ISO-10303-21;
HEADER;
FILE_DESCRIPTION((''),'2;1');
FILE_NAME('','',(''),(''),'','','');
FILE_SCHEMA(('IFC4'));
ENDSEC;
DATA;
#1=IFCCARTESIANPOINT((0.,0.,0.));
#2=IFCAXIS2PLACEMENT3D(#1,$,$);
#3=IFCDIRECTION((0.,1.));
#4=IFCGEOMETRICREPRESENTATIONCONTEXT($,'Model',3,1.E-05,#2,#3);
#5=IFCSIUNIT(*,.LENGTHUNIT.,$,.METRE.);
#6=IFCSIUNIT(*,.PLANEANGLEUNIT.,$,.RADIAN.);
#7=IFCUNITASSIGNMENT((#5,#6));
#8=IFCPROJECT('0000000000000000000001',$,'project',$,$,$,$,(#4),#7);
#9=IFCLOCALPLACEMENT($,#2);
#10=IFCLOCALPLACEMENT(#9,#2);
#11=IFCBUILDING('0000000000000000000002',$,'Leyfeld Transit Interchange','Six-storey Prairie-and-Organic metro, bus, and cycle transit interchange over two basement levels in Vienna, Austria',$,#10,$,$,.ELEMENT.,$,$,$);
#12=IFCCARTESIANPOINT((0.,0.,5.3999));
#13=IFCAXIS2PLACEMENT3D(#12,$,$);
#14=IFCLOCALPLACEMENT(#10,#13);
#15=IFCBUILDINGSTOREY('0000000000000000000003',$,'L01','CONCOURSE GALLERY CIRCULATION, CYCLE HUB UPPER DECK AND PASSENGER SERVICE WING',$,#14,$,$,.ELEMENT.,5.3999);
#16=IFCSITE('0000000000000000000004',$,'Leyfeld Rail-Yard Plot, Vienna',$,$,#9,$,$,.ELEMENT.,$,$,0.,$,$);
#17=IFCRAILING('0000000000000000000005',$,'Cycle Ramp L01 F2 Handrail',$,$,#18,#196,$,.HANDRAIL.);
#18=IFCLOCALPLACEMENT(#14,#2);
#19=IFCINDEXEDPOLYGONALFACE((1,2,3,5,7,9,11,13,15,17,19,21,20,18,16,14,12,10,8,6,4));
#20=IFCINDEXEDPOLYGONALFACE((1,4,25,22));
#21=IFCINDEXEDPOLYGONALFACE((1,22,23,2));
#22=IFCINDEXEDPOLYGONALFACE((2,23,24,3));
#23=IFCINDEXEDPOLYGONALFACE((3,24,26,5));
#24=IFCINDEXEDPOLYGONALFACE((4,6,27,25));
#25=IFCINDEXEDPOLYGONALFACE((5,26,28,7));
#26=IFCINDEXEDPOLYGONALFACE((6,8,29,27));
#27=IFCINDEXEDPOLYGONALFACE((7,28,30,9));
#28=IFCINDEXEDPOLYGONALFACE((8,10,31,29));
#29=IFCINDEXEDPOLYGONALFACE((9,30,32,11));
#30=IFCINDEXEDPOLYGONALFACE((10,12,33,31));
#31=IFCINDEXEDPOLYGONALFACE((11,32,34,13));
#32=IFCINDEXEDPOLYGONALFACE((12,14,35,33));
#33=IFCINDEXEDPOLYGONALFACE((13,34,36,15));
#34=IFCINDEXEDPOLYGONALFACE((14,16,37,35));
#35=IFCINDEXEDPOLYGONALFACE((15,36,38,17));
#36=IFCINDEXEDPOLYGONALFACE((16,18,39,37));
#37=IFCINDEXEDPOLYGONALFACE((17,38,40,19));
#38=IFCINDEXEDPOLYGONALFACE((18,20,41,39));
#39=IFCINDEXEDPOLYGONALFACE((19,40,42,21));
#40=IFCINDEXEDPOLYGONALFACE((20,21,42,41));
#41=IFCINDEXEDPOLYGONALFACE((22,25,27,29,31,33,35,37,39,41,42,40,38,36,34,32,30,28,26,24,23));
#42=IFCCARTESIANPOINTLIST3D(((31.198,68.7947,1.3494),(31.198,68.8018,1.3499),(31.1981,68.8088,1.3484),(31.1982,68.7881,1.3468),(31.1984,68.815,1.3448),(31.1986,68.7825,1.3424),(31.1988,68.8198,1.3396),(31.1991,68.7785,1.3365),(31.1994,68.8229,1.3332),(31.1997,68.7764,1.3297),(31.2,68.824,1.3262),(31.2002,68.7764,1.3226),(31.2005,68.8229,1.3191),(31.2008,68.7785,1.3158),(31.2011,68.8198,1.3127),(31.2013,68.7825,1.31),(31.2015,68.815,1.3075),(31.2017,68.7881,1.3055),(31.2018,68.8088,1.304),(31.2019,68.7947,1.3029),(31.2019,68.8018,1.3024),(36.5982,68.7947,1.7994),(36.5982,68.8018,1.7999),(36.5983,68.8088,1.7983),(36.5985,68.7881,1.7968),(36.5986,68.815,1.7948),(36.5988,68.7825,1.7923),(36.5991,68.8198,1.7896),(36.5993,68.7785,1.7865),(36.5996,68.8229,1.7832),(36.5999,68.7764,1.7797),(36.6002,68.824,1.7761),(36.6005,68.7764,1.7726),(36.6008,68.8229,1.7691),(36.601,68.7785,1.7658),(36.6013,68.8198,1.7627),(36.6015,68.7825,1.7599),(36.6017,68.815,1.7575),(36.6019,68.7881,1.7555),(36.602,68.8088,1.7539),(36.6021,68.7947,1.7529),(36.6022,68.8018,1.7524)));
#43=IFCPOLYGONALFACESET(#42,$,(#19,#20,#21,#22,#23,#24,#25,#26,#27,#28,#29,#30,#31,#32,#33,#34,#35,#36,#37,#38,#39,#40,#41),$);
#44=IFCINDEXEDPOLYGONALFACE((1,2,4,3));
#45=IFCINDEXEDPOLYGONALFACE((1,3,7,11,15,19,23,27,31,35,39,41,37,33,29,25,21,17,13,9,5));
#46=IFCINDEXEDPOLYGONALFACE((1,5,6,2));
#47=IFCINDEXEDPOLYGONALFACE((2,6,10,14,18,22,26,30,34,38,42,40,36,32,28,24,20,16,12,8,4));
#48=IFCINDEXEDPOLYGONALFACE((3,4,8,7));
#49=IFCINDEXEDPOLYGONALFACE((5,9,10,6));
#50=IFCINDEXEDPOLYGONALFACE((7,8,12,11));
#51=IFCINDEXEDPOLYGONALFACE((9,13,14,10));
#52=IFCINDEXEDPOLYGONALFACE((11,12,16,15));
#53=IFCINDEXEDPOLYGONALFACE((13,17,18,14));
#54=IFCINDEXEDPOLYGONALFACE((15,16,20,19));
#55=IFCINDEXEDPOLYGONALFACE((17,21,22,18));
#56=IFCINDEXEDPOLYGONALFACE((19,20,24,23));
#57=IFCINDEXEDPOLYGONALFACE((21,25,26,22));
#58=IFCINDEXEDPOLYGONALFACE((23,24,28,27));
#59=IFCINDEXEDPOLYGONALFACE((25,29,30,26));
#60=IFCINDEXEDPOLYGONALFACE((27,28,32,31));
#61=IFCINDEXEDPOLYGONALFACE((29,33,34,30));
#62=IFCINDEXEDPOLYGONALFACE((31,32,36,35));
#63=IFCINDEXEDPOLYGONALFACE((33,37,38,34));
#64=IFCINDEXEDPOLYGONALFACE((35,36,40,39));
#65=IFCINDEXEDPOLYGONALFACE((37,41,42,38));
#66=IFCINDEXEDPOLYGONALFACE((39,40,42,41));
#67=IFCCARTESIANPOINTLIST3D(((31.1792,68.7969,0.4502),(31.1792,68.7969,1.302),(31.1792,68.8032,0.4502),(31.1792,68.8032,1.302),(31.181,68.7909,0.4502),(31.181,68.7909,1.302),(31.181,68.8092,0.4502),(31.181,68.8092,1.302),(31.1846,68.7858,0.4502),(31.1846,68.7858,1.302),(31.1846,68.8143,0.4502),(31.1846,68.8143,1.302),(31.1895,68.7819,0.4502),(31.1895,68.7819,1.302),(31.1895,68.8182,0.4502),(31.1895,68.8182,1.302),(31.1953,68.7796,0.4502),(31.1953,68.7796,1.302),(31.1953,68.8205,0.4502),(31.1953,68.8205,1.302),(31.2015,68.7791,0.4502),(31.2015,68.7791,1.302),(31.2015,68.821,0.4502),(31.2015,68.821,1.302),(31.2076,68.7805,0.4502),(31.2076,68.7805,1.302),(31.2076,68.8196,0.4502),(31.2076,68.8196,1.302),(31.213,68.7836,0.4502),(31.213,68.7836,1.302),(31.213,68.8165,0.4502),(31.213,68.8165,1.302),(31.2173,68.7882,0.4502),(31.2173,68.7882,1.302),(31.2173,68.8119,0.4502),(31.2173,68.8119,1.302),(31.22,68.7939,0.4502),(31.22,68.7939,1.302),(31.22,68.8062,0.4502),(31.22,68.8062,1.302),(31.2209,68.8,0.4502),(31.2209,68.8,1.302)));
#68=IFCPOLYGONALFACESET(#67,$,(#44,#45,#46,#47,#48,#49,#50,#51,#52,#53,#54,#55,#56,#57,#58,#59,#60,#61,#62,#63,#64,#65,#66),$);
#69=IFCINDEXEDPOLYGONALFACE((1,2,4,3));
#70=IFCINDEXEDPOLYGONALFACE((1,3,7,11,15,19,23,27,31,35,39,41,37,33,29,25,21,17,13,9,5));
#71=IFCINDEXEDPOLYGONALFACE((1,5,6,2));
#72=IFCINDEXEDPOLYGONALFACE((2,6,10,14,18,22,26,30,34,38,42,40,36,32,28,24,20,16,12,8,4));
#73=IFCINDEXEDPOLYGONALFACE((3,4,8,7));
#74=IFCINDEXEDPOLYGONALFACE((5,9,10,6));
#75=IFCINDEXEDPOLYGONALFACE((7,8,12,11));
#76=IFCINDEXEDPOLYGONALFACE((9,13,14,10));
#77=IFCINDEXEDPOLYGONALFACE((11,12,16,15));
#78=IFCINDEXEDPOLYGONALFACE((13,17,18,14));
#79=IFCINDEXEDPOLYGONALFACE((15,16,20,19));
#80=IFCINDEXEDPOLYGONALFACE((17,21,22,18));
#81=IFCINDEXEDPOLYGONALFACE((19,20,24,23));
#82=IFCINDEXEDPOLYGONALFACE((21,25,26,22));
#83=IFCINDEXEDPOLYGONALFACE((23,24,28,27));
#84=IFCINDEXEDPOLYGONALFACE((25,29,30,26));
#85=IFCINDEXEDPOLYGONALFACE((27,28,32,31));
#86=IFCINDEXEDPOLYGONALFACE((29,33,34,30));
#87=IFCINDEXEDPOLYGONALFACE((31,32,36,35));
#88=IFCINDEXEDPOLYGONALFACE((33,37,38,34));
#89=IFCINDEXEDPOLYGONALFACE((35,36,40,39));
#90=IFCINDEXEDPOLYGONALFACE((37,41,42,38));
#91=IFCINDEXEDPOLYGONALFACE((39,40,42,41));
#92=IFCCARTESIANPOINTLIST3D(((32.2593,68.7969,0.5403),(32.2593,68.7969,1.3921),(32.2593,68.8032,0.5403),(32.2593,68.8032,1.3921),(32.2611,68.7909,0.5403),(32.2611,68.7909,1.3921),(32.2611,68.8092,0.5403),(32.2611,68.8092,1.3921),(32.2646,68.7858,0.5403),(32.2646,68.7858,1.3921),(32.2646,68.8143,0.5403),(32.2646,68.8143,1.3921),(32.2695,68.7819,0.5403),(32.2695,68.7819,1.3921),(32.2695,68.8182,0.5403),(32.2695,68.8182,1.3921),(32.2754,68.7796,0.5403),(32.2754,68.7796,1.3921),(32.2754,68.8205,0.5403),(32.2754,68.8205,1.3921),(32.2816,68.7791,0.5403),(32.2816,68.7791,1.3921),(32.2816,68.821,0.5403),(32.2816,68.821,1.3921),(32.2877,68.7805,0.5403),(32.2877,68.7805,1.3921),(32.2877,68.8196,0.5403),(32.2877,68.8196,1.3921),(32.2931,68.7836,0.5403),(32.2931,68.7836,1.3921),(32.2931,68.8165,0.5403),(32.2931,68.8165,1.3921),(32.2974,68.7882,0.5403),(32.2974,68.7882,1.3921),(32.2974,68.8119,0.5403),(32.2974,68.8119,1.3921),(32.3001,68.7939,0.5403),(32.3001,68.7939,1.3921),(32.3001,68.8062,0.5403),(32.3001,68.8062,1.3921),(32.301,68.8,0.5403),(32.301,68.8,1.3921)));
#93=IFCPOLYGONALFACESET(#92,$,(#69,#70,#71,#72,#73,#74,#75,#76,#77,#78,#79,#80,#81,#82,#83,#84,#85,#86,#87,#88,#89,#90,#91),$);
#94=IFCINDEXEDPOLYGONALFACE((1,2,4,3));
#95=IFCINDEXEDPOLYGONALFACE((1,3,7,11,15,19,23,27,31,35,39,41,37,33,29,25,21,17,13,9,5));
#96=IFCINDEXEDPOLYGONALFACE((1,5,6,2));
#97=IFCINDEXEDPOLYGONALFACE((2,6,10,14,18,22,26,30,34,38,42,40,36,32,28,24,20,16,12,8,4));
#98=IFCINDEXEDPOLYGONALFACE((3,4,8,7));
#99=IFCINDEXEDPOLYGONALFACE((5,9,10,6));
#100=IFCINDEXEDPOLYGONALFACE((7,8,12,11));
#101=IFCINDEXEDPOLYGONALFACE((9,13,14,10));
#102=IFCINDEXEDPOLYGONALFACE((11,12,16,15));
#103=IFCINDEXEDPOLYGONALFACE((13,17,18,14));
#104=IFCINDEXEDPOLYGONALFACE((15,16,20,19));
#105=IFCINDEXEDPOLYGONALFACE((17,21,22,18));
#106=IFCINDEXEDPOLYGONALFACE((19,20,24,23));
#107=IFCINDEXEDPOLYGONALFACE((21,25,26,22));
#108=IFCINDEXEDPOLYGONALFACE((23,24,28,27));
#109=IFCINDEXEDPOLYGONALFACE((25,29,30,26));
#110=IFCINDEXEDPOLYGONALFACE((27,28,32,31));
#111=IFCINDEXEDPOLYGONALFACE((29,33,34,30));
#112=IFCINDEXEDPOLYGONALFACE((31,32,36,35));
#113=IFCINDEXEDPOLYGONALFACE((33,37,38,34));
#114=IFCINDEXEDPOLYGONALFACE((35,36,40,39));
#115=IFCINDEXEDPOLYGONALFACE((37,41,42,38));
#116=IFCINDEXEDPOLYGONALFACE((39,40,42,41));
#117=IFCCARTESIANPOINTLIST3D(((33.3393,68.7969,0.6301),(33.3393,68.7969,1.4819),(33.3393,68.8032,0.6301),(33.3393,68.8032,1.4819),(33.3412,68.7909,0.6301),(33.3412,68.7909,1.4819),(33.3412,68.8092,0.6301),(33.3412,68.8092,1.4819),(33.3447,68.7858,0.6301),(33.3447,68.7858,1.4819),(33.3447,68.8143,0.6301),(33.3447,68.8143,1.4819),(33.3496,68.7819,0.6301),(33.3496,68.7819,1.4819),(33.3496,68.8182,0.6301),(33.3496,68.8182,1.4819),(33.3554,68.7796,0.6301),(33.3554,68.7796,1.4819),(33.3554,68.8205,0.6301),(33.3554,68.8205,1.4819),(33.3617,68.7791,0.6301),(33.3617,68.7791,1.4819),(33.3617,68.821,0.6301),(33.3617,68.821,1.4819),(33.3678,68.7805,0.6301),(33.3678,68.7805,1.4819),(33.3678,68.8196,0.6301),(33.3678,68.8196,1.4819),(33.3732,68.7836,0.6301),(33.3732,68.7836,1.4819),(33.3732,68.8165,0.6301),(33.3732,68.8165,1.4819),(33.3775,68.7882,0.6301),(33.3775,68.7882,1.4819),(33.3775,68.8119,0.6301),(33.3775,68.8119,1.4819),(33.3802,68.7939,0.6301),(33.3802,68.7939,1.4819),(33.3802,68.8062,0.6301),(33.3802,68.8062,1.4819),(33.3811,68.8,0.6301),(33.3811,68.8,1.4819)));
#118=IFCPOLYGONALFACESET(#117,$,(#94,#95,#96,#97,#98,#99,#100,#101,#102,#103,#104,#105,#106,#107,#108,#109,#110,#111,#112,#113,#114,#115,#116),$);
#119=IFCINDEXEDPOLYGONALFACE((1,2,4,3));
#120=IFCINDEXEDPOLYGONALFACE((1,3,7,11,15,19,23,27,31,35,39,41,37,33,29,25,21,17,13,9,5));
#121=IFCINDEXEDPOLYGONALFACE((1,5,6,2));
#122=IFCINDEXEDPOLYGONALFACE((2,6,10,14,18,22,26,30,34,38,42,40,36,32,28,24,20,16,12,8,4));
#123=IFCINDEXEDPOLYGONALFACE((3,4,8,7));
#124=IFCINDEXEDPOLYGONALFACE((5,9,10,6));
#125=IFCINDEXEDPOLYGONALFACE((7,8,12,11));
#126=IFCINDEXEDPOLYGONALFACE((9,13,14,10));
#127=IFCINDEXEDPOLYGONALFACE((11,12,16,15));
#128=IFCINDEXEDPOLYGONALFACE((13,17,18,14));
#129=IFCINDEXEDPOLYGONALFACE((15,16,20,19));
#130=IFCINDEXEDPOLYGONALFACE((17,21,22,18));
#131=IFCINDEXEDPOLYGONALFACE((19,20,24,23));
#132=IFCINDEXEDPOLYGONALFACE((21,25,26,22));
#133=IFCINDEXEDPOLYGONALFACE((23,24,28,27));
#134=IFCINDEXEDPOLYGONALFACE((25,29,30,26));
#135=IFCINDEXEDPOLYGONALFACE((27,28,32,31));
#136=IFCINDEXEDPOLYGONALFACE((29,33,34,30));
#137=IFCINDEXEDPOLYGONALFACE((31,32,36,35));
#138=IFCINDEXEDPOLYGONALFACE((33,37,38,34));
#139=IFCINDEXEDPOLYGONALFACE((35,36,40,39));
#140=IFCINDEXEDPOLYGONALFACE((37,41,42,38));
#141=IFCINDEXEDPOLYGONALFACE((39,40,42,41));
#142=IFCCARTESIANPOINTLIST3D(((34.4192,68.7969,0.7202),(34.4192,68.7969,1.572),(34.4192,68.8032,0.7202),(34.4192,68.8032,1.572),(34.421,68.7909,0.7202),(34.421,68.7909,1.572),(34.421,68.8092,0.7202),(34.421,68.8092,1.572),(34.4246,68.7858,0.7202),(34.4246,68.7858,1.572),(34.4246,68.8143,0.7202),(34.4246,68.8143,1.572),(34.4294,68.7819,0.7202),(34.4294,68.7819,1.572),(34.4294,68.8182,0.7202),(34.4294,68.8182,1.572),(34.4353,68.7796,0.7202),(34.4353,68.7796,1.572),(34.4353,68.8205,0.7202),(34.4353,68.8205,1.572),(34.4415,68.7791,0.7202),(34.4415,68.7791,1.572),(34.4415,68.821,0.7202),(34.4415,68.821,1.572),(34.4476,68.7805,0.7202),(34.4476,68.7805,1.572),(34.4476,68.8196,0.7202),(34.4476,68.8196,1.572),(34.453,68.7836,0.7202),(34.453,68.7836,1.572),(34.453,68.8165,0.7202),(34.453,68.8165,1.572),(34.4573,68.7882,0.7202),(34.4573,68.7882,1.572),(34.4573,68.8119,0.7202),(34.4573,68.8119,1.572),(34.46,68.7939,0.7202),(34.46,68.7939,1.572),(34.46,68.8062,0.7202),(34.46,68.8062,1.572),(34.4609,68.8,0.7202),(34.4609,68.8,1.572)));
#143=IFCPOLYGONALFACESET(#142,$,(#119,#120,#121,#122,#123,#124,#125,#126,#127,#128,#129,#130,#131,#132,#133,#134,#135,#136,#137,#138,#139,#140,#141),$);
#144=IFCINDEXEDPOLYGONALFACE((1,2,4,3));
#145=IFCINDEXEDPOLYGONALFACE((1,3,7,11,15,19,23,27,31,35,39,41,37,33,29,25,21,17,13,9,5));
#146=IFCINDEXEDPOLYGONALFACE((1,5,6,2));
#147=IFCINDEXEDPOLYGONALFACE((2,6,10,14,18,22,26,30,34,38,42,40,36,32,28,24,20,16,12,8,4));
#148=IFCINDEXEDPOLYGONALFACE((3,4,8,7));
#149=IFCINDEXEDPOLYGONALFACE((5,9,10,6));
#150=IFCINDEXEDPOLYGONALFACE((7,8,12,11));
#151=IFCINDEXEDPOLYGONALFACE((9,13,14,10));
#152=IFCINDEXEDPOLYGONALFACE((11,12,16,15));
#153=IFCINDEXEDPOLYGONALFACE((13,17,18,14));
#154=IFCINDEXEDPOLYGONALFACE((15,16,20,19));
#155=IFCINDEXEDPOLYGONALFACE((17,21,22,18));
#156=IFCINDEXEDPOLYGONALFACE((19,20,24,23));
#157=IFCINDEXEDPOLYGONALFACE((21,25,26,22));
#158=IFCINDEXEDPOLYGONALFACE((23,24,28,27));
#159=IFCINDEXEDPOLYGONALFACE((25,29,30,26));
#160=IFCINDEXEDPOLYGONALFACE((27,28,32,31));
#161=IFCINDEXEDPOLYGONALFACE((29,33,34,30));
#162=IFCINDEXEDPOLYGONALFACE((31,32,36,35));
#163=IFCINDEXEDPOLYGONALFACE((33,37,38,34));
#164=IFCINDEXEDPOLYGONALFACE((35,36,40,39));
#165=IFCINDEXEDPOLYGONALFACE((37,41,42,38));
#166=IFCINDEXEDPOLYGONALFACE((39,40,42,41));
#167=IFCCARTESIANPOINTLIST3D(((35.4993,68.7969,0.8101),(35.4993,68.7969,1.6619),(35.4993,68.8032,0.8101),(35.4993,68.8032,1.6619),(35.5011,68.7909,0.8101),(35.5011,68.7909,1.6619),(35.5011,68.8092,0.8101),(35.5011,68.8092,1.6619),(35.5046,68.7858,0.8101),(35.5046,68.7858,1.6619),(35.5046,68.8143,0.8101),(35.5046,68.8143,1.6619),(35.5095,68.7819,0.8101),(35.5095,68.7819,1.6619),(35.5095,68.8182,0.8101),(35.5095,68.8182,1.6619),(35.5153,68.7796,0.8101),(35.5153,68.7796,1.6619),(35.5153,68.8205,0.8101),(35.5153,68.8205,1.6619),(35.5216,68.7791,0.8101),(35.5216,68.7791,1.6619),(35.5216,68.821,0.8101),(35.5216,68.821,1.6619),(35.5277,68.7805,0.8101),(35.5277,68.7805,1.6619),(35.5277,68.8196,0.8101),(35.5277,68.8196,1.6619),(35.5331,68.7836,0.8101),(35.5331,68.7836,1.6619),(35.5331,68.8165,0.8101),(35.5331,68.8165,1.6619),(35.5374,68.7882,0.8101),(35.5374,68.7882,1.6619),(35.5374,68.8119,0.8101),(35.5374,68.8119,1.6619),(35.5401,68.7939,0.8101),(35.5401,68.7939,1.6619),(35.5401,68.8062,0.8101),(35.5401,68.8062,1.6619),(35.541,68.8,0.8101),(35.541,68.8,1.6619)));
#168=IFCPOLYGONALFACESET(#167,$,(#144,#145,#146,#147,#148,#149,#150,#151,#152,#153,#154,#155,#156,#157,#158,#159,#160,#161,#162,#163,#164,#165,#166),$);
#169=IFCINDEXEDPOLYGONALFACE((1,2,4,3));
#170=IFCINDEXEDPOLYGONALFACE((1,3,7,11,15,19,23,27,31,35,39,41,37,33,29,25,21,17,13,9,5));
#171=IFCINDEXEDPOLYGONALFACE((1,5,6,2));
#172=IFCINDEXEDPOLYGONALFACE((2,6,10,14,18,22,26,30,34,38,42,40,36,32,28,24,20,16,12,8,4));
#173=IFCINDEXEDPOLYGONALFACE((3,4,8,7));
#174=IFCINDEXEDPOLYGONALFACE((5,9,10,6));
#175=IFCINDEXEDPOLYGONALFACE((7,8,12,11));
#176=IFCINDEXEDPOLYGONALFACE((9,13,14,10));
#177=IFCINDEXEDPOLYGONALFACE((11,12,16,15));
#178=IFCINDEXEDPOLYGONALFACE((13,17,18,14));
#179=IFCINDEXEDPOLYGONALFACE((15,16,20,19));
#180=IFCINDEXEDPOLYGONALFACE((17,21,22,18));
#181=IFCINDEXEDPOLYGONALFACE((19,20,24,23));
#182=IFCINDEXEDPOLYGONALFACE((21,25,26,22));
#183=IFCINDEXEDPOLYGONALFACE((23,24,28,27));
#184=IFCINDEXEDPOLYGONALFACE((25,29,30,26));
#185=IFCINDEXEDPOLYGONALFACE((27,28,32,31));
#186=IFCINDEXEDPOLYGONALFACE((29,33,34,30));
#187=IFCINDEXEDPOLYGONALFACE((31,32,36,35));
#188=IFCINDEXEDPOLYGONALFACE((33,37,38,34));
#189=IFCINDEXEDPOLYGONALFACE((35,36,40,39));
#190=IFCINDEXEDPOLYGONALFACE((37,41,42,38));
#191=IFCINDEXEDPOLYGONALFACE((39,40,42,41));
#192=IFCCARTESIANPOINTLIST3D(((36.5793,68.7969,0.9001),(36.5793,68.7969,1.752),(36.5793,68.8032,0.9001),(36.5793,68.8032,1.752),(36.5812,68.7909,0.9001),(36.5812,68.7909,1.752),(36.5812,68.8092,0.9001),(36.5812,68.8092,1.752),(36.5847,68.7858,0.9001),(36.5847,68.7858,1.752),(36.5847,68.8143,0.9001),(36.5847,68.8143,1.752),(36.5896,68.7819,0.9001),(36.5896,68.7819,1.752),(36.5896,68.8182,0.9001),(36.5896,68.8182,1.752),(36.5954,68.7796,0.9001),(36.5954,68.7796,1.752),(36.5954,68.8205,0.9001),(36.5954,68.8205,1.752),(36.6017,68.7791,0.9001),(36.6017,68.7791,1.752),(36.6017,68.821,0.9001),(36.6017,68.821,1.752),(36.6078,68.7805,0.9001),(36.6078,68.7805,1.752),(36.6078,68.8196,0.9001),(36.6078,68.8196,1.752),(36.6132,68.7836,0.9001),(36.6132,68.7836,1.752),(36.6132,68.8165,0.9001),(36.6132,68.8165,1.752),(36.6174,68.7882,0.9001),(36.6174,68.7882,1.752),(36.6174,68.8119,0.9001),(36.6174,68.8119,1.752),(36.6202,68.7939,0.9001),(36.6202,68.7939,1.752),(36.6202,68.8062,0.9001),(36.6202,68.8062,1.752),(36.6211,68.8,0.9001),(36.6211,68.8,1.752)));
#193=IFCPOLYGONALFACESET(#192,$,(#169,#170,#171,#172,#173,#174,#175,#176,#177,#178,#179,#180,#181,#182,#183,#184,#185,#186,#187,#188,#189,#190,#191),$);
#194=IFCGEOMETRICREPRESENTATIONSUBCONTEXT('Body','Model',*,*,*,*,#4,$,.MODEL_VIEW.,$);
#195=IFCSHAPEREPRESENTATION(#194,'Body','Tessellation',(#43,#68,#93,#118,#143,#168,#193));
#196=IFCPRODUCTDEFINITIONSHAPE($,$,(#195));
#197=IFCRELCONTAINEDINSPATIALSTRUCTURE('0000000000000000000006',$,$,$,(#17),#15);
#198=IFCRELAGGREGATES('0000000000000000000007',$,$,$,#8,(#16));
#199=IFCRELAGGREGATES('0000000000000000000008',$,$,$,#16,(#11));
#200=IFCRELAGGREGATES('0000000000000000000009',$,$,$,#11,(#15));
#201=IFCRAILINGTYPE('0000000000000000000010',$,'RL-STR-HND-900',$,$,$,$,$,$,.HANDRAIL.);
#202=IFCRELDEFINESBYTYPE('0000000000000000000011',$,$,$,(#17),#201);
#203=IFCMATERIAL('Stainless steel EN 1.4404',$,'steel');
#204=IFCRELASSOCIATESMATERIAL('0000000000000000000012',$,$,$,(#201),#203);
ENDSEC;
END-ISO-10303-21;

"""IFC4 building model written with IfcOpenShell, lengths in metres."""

from ifc_helpers import new_model, si_unit, direction, frame, origin, origin_2d, place, context, subcontext, project, spatial, circle, extrude, material, type_object, element, save


model = new_model("IFC4")

# Units and contexts
model_context = context("Model", 3, precision=1e-05, world=origin(), true_north=direction((0.0, 1.0)))
body_context = subcontext(model_context, "Body", "Model", "MODEL_VIEW")
ifc_project = project(units=[si_unit("LENGTHUNIT", "METRE"), si_unit("PLANEANGLEUNIT", "RADIAN")], contexts=[model_context])

# Site, building, storey
site_placement = place(None, origin())
site = spatial("IfcSite", under=ifc_project, at=site_placement, Name="Leyfeld Rail-Yard Plot, Vienna", CompositionType="ELEMENT", RefElevation=0.0)
building_placement = place(site_placement, origin())
building = spatial("IfcBuilding", under=site, at=building_placement, Name="Leyfeld Transit Interchange", Description="Six-storey Prairie-and-Organic metro, bus, and cycle transit interchange over two basement levels in Vienna, Austria", CompositionType="ELEMENT")
storey_placement = place(building_placement, frame((0.0, 0.0, 5.3999)))
storey = spatial("IfcBuildingStorey", under=building, at=storey_placement, Name="L01", Description="CONCOURSE GALLERY CIRCULATION, CYCLE HUB UPPER DECK AND PASSENGER SERVICE WING", CompositionType="ELEMENT", Elevation=5.3999)

# Railing
ifc_material_1 = material(Name="Stainless steel EN 1.4404", Category="steel")
railing_type_1 = type_object("IfcRailingType", Name="RL-STR-HND-900", PredefinedType="HANDRAIL", material=ifc_material_1)
railing_1_placement = place(storey_placement, frame((31.2, 68.8, 0.4502)))
element("IfcRailing", 1, at=railing_1_placement, inside=storey, type_object=railing_type_1, Name="Cycle Ramp L01 F2 Handrail", PredefinedType="HANDRAIL", context=body_context, shape_type="SweptSolid", body=[
    extrude(circle(Radius=0.0239, at=origin_2d()), frame((0.0, 0.0, 0.876), z_axis=(0.996547, 0.0, 0.083034), x_axis=(0.0, 1.0, 0.0)), (0.0, 0.0, 1.0), 5.4189),
    extrude(circle(Radius=0.021, at=origin_2d()), origin(), (0.0, 0.0, 1.0), 0.8518),
    extrude(circle(Radius=0.021, at=origin_2d()), frame((1.0801, 0.0, 0.0901)), (0.0, 0.0, 1.0), 0.8518),
    extrude(circle(Radius=0.021, at=origin_2d()), frame((2.1602, 0.0, 0.1799)), (0.0, 0.0, 1.0), 0.8518),
    extrude(circle(Radius=0.021, at=origin_2d()), frame((3.24, 0.0, 0.27)), (0.0, 0.0, 1.0), 0.8518),
    extrude(circle(Radius=0.021, at=origin_2d()), frame((4.3201, 0.0, 0.3599)), (0.0, 0.0, 1.0), 0.8518),
    extrude(circle(Radius=0.021, at=origin_2d()), frame((5.4001, 0.0, 0.45)), (0.0, 0.0, 1.0), 0.8518),
])

save(model, "model.ifc")
